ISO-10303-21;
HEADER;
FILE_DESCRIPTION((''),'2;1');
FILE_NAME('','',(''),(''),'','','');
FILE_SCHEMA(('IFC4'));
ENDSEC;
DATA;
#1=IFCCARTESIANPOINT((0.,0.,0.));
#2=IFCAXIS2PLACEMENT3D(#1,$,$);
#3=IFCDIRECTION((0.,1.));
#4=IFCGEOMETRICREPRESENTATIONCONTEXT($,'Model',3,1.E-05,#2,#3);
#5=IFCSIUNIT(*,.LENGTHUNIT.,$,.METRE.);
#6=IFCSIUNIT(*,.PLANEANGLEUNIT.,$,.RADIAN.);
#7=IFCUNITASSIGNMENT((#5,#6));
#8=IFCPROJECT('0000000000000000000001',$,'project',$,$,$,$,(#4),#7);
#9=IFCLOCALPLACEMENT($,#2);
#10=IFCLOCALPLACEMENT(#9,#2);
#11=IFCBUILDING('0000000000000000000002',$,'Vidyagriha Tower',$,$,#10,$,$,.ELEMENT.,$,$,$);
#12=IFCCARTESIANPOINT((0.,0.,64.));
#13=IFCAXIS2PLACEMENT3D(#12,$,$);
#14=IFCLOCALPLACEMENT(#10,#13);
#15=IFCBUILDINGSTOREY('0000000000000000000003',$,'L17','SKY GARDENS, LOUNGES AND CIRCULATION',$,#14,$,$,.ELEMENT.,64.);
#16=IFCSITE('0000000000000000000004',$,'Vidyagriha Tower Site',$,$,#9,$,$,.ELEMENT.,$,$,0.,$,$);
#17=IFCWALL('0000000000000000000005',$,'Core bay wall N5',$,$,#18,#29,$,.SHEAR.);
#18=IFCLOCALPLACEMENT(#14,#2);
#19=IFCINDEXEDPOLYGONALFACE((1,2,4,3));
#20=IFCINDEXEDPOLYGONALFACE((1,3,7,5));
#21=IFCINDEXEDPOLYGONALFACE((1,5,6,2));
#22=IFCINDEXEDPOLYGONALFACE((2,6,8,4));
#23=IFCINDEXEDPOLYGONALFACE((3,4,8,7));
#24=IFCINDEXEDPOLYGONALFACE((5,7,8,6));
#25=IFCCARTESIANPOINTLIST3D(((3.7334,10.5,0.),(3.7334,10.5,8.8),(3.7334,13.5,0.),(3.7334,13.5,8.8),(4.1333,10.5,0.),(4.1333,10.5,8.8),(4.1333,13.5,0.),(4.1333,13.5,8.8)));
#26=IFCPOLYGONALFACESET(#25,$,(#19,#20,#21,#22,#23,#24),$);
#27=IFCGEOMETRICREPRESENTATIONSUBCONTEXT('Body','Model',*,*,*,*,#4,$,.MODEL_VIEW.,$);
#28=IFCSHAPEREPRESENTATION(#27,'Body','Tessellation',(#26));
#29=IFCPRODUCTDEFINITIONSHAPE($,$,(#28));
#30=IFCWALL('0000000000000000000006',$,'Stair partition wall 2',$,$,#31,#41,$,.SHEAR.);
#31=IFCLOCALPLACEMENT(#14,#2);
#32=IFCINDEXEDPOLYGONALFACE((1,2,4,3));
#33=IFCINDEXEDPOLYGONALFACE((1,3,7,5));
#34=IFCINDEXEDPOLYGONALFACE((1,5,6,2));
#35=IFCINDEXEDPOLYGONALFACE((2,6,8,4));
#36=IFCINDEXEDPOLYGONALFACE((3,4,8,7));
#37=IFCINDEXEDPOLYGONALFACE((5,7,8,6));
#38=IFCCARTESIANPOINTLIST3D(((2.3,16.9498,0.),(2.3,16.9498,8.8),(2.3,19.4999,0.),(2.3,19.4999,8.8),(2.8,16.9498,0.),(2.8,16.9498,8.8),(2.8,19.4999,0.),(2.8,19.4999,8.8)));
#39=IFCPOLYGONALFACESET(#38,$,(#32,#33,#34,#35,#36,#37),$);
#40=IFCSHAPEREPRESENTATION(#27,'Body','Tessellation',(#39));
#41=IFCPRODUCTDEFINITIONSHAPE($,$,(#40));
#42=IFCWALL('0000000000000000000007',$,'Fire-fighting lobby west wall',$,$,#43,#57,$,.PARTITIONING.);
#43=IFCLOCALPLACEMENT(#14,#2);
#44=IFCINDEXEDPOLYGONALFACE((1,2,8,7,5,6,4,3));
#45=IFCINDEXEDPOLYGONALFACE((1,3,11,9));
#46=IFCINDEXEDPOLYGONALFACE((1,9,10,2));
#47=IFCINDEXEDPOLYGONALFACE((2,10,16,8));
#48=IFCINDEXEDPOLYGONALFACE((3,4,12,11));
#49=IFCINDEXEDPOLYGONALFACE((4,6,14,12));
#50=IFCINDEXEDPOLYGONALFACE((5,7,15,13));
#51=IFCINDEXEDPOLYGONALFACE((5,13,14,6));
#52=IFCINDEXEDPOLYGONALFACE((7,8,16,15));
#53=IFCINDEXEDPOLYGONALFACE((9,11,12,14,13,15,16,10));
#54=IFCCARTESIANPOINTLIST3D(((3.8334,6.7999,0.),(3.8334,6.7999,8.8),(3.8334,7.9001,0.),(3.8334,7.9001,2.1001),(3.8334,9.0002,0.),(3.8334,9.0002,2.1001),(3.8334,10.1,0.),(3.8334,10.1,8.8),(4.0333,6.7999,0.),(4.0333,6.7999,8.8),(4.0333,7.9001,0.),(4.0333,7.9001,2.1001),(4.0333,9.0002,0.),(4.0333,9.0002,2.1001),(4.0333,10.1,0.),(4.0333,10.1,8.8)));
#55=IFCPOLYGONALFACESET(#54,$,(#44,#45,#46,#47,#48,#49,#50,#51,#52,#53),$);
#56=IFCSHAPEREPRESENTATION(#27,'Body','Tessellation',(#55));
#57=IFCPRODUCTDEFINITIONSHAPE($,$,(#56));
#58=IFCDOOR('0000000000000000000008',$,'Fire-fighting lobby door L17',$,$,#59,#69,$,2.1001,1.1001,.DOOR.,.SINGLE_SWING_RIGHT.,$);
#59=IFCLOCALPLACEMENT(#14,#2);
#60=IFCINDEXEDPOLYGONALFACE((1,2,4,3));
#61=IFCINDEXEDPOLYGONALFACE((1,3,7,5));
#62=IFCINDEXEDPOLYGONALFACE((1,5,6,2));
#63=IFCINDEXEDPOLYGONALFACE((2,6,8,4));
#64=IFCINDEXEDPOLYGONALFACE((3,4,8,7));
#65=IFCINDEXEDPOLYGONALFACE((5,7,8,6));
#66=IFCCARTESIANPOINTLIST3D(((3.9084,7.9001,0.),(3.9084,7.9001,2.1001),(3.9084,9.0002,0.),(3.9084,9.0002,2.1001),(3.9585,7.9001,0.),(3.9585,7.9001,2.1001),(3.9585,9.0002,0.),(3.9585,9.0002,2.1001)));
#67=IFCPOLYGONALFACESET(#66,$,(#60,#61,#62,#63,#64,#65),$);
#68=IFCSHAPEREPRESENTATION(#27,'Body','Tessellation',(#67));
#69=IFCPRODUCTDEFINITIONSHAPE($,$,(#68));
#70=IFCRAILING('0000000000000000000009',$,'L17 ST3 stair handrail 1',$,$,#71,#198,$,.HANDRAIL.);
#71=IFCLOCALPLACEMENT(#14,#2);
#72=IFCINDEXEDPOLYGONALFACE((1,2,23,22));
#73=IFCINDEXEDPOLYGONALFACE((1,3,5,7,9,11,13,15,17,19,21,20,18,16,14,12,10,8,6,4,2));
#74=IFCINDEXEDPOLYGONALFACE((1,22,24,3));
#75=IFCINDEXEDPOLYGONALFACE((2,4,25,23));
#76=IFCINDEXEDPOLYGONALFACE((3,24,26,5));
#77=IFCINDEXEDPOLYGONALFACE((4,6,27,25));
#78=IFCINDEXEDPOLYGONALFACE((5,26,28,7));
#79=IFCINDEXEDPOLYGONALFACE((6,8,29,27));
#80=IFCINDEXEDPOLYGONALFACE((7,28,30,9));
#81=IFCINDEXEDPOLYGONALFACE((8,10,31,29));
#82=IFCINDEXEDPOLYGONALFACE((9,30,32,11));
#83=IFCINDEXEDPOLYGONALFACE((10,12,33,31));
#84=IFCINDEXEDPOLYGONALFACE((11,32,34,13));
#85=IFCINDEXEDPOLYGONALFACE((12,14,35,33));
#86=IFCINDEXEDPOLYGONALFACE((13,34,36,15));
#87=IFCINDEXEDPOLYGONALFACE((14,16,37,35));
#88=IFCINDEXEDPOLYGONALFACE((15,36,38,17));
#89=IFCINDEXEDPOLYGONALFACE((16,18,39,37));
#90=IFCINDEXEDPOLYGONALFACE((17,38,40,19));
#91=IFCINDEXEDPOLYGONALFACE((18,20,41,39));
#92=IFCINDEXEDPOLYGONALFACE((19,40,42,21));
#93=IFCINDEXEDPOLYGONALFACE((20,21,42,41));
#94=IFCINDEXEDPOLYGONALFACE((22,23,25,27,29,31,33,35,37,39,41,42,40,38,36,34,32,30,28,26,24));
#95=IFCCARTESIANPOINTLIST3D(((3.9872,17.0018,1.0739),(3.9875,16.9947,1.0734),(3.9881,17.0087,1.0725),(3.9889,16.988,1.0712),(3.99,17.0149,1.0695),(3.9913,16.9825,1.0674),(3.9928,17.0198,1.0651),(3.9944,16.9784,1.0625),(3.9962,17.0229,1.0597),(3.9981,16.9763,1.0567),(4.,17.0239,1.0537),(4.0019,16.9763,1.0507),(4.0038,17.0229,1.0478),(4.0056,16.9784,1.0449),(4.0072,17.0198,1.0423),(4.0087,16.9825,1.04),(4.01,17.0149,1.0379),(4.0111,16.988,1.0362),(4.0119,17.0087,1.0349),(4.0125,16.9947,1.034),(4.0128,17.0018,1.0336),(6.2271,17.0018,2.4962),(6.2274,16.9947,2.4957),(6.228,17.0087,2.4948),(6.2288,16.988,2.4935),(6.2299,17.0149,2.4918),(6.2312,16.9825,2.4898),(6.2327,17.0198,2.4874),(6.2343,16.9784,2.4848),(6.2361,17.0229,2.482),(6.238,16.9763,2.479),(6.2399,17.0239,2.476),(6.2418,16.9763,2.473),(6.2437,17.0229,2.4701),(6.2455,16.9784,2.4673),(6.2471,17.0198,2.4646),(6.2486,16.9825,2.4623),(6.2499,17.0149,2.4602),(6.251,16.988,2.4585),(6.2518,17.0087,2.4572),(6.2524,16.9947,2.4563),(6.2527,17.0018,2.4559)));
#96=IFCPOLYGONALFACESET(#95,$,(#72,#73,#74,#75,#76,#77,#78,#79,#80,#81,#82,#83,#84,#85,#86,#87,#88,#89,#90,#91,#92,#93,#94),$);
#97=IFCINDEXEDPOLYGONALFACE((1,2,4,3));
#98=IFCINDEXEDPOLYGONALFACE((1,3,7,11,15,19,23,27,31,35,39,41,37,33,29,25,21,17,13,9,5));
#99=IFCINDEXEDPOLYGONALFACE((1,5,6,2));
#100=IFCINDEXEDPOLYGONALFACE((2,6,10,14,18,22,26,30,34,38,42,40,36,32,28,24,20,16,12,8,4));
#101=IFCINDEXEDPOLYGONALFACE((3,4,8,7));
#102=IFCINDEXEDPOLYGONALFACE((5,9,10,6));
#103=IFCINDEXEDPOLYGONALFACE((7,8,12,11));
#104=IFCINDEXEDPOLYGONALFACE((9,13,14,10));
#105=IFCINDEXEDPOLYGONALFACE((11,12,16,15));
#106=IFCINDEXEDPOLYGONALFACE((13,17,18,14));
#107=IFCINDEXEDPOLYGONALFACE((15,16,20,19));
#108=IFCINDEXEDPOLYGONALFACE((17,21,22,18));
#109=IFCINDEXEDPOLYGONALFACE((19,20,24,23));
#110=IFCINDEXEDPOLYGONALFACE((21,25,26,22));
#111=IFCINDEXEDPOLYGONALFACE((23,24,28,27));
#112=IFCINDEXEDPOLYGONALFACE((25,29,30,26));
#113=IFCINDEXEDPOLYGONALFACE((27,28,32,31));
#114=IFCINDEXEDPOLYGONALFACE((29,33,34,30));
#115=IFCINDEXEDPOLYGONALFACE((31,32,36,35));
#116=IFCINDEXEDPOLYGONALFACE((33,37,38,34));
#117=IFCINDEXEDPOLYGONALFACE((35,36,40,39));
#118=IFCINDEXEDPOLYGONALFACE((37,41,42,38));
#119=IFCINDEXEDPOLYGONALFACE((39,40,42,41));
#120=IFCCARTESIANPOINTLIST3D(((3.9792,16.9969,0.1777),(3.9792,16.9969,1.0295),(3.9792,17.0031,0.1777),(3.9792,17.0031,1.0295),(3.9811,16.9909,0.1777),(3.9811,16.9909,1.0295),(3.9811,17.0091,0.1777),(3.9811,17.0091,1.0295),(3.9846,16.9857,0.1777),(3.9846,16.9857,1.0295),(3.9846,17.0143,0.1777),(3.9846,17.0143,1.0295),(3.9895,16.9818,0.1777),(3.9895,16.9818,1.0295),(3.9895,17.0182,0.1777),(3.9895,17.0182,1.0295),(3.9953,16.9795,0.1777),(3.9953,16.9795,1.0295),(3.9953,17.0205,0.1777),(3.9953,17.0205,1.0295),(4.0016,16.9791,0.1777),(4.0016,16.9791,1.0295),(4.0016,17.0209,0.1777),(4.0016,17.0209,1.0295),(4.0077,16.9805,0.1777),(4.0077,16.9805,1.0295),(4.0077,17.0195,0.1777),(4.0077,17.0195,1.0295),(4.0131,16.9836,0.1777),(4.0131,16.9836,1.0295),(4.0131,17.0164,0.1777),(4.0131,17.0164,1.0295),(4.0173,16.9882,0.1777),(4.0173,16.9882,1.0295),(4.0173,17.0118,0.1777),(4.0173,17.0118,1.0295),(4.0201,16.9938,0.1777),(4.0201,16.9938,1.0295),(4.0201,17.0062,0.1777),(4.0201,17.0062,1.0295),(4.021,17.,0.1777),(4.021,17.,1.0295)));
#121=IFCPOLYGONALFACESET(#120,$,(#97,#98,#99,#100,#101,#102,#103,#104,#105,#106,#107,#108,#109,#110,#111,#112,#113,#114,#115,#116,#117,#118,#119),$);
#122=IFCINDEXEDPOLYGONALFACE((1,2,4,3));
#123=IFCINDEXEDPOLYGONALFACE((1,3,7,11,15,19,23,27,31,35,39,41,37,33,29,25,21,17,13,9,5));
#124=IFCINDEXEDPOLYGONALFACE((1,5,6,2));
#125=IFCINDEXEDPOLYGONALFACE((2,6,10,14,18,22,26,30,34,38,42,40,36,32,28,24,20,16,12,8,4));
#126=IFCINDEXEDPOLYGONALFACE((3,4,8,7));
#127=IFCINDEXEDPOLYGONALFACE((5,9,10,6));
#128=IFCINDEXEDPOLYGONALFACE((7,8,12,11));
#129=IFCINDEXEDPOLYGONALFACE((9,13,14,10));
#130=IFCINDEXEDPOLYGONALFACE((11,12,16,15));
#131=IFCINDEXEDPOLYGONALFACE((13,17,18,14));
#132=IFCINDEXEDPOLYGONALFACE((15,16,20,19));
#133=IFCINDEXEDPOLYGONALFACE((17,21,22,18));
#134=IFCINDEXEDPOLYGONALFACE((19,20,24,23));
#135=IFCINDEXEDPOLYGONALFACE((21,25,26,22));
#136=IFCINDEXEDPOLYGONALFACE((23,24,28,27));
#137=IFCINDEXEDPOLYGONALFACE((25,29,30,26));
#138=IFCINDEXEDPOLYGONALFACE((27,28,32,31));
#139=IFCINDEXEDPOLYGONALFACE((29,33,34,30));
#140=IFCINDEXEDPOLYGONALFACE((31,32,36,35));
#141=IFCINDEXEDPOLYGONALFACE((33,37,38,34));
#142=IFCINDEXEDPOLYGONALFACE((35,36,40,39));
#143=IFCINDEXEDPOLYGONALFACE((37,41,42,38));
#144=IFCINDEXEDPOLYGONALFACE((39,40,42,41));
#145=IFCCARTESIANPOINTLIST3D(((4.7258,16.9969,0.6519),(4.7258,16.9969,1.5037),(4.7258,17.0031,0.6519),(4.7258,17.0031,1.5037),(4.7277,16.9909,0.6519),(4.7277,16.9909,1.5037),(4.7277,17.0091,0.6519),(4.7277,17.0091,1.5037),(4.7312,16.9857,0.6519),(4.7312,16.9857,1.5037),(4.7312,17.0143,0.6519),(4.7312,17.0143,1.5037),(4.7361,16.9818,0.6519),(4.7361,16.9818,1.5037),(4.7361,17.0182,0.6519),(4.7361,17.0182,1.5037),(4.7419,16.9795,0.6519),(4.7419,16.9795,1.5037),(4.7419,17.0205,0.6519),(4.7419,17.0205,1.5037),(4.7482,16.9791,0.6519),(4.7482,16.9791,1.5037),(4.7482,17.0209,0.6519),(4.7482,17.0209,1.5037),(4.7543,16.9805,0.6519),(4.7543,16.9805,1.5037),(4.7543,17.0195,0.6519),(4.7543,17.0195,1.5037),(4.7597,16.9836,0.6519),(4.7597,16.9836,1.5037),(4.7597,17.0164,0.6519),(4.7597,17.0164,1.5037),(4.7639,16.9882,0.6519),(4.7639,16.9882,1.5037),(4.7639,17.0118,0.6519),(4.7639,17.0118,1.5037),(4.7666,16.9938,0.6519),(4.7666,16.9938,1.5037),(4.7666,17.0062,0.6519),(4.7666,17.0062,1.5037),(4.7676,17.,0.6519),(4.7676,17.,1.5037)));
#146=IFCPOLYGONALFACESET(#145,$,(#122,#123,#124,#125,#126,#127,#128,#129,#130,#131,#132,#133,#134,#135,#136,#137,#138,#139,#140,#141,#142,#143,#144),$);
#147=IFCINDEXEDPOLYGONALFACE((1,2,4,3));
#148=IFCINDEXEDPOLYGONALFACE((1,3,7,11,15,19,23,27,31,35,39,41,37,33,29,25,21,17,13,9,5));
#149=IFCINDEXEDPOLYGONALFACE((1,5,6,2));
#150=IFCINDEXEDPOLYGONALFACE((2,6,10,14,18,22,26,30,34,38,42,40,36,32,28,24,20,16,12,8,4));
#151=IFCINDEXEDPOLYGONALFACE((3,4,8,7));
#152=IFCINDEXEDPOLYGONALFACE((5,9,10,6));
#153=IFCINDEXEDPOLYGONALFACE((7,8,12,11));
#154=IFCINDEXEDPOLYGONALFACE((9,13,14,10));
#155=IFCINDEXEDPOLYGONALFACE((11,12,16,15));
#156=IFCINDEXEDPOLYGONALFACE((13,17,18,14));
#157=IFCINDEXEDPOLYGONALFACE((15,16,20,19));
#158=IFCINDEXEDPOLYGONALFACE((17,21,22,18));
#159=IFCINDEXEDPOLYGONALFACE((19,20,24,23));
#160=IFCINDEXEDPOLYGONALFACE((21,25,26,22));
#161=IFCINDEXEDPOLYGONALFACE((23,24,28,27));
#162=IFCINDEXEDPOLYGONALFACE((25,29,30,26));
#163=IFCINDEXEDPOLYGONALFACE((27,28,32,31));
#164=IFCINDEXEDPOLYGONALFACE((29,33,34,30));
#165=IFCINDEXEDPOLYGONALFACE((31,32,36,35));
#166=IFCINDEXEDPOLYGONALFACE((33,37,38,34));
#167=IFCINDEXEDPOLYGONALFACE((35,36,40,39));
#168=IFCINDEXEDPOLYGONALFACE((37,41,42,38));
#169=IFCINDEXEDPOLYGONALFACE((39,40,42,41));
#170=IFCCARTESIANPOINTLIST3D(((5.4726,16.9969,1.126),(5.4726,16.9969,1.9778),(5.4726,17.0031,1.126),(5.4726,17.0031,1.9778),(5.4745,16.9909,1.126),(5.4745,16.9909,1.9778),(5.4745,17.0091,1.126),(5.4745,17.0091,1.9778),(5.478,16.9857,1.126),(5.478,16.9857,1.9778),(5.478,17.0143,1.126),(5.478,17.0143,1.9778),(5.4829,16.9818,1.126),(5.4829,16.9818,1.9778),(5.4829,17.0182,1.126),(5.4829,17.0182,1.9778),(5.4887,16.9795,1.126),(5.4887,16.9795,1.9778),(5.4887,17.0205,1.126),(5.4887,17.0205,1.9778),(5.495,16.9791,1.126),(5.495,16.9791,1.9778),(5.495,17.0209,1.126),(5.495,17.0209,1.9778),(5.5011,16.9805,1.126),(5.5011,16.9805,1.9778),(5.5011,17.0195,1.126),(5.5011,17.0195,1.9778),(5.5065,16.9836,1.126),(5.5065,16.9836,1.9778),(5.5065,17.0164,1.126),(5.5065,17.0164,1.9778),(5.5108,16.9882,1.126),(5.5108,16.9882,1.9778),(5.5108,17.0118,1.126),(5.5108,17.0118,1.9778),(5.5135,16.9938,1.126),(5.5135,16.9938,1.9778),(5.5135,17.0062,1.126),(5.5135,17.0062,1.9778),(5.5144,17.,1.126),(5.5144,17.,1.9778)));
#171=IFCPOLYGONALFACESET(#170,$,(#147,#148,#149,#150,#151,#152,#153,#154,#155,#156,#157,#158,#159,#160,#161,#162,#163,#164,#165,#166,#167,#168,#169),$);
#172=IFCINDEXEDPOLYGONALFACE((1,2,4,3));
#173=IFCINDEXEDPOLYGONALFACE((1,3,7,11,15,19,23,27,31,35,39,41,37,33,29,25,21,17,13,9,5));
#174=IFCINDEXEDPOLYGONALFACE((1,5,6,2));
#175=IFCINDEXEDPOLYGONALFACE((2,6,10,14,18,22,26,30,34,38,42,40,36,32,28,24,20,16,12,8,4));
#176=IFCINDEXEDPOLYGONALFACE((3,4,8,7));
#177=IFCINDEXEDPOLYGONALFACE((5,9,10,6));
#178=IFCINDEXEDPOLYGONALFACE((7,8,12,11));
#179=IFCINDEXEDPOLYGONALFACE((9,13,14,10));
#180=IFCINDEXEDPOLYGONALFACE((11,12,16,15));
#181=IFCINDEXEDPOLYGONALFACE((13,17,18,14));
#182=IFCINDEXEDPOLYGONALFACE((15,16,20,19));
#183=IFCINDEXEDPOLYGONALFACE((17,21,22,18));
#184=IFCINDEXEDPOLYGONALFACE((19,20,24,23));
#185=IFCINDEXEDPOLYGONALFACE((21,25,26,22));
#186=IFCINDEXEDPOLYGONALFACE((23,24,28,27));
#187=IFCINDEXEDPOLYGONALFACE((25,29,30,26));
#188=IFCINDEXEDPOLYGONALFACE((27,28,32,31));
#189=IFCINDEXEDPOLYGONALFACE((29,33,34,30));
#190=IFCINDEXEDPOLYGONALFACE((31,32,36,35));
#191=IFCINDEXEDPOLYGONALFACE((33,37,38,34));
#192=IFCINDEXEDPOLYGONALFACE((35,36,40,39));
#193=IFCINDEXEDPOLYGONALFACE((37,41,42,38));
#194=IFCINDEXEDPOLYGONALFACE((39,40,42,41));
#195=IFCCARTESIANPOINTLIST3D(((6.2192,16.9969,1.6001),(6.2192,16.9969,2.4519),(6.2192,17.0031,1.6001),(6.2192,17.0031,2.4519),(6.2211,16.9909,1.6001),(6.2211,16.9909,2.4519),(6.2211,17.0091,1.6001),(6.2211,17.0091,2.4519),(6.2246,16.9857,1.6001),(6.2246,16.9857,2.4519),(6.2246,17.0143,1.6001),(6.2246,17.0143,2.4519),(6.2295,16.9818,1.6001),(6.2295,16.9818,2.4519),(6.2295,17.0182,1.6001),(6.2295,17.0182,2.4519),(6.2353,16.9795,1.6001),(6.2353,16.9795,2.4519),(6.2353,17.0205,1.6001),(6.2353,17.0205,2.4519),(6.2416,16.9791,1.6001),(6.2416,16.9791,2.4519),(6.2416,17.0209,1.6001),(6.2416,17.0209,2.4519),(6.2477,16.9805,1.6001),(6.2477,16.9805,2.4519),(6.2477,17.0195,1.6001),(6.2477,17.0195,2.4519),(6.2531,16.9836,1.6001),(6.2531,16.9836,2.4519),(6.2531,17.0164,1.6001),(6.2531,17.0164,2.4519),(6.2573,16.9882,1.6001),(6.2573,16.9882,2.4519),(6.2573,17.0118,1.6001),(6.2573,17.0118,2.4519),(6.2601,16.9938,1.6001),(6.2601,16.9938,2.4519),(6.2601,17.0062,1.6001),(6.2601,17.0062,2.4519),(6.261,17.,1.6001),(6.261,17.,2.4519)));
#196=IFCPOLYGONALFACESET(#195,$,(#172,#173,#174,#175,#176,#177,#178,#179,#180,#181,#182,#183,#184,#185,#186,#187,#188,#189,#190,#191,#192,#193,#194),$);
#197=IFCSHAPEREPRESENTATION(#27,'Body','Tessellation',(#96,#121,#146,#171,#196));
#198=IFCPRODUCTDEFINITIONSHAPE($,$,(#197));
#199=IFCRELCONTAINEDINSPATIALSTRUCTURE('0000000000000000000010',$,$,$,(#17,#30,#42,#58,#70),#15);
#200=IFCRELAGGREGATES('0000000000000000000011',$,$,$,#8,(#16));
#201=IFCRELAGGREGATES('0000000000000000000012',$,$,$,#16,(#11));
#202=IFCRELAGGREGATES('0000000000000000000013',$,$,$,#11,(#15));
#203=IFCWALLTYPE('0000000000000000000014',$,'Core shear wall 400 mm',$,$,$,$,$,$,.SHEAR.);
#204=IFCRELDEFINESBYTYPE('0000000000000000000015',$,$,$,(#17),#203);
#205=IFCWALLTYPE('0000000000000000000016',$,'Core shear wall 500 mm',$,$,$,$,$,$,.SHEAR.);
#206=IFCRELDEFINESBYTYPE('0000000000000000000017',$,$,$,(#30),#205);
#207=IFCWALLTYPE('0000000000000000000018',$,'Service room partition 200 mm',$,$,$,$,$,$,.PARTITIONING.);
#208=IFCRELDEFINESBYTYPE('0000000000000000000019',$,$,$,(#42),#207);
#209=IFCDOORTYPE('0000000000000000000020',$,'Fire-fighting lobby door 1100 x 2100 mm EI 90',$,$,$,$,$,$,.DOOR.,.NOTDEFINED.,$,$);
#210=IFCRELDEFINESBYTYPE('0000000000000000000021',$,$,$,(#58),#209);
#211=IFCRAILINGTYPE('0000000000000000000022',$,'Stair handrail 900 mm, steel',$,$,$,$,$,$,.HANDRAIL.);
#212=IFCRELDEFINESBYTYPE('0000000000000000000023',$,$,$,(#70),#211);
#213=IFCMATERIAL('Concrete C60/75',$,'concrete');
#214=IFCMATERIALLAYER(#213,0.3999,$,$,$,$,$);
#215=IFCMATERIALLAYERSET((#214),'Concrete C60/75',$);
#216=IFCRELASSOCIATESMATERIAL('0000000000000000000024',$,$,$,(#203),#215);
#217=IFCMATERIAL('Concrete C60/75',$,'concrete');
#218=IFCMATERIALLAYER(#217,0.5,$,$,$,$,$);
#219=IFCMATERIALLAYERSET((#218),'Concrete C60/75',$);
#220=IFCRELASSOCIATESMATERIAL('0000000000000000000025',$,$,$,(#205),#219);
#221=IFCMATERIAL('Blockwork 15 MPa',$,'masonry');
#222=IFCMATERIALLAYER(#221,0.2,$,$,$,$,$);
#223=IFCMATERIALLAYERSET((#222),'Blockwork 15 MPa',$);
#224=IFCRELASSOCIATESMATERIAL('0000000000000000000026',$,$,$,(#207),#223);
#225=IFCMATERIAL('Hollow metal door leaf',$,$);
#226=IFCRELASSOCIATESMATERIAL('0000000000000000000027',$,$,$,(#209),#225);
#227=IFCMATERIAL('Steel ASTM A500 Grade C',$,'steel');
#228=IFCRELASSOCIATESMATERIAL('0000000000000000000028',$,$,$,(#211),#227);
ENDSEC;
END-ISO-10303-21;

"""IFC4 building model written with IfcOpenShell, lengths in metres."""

from ifc_helpers import new_model, si_unit, direction, frame, frame_2d, origin, origin_2d, place, context, subcontext, project, spatial, rectangle, circle, extrude, material, layer, layer_set, type_object, element, fill, save


model = new_model("IFC4")

# Units and contexts
model_context = context("Model", 3, precision=1e-05, world=origin(), true_north=direction((0.0, 1.0)))
body_context = subcontext(model_context, "Body", "Model", "MODEL_VIEW")
ifc_project = project(units=[si_unit("LENGTHUNIT", "METRE"), si_unit("PLANEANGLEUNIT", "RADIAN")], contexts=[model_context])

# Site, building, storey
site_placement = place(None, origin())
site = spatial("IfcSite", under=ifc_project, at=site_placement, Name="Vidyagriha Tower Site", CompositionType="ELEMENT", RefElevation=0.0)
building_placement = place(site_placement, origin())
building = spatial("IfcBuilding", under=site, at=building_placement, Name="Vidyagriha Tower", CompositionType="ELEMENT")
storey_placement = place(building_placement, frame((0.0, 0.0, 64.0)))
storey = spatial("IfcBuildingStorey", under=building, at=storey_placement, Name="L17", Description="SKY GARDENS, LOUNGES AND CIRCULATION", CompositionType="ELEMENT", Elevation=64.0)

# Shared definitions
ifc_material_1 = material(Name="Concrete C60/75", Category="concrete")
ifc_layer_1 = layer(ifc_material_1, 0.3999)
ifc_layer_set_1 = layer_set([ifc_layer_1], Name="Concrete C60/75")
wall_type_1 = type_object("IfcWallType", Name="Core shear wall 400 mm", PredefinedType="SHEAR", material=ifc_layer_set_1)

# Walls
for number, where, z_axis, x_axis, name in (
    (1, (3.9333, 10.5, 0.0), (0.0, 0.0, 1.0), (0.0, 1.0, 0.0), "Core bay wall N5"),
):
    element("IfcWall", number, at=place(storey_placement, frame(where, z_axis=z_axis, x_axis=x_axis)), inside=storey, type_object=wall_type_1, Name=name, PredefinedType="SHEAR", context=body_context, shape_type="SweptSolid", body=[
        extrude(rectangle(XDim=3.0, YDim=0.3999, at=frame_2d((1.5, 0.0))), origin(), (0.0, 0.0, 1.0), 8.8),
    ])
ifc_material_2 = material(Name="Concrete C60/75", Category="concrete")
ifc_layer_2 = layer(ifc_material_2, 0.5)
ifc_layer_set_2 = layer_set([ifc_layer_2], Name="Concrete C60/75")
wall_type_2 = type_object("IfcWallType", Name="Core shear wall 500 mm", PredefinedType="SHEAR", material=ifc_layer_set_2)
wall_1_placement = place(storey_placement, frame((2.55, 16.95, 0.0), z_axis=(0.0, 0.0, 1.0), x_axis=(0.0, 1.0, 0.0)))
element("IfcWall", 2, at=wall_1_placement, inside=storey, type_object=wall_type_2, Name="Stair partition wall 2", PredefinedType="SHEAR", context=body_context, shape_type="SweptSolid", body=[
    extrude(rectangle(XDim=2.55, YDim=0.5, at=frame_2d((1.2749, 0.0))), origin(), (0.0, 0.0, 1.0), 8.8),
])

# Wall, opening, door
ifc_material_3 = material(Name="Blockwork 15 MPa", Category="masonry")
ifc_layer_3 = layer(ifc_material_3, 0.2)
ifc_layer_set_3 = layer_set([ifc_layer_3], Name="Blockwork 15 MPa")
wall_type_3 = type_object("IfcWallType", Name="Service room partition 200 mm", PredefinedType="PARTITIONING", material=ifc_layer_set_3)
wall_2_placement = place(storey_placement, frame((3.9333, 6.8, 0.0), z_axis=(0.0, 0.0, 1.0), x_axis=(0.0, 1.0, 0.0)))
wall_2 = element("IfcWall", 3, at=wall_2_placement, inside=storey, type_object=wall_type_3, Name="Fire-fighting lobby west wall", PredefinedType="PARTITIONING", context=body_context, shape_type="SweptSolid", body=[
    extrude(rectangle(XDim=3.3, YDim=0.2, at=frame_2d((1.6499, 0.0))), origin(), (0.0, 0.0, 1.0), 8.8),
])
opening_1_placement = place(wall_2_placement, frame((1.1001, 0.0, 0.0)))
opening_1 = element("IfcOpeningElement", 4, at=opening_1_placement, cuts=wall_2, PredefinedType="OPENING", context=body_context, shape_type="SweptSolid", body=[
    extrude(rectangle(XDim=1.1001, YDim=2.1001, at=frame_2d((0.55, 1.05))), frame((0.0, 0.1099, 0.0), z_axis=(0.0, -1.0, 0.0), x_axis=(1.0, 0.0, 0.0)), (0.0, 0.0, 1.0), 0.22),
])
ifc_material_4 = material(Name="Hollow metal door leaf")
door_type_1 = type_object("IfcDoorType", Name="Fire-fighting lobby door 1100 x 2100 mm EI 90", OperationType="NOTDEFINED", PredefinedType="DOOR", material=ifc_material_4)
door_1_placement = place(opening_1_placement, origin())
door_1 = element("IfcDoor", 5, at=door_1_placement, inside=storey, type_object=door_type_1, Name="Fire-fighting lobby door L17", OperationType="SINGLE_SWING_RIGHT", OverallHeight=2.1001, OverallWidth=1.1001, PredefinedType="DOOR", context=body_context, shape_type="SweptSolid", body=[
    extrude(rectangle(XDim=1.1001, YDim=2.1001, at=frame_2d((0.55, 1.05))), frame((0.0, 0.0249, 0.0), z_axis=(0.0, -1.0, 0.0), x_axis=(1.0, 0.0, 0.0)), (0.0, 0.0, 1.0), 0.05),
])
fill(opening_1, door_1)

# Railing
ifc_material_5 = material(Name="Steel ASTM A500 Grade C", Category="steel")
railing_type = type_object("IfcRailingType", Name="Stair handrail 900 mm, steel", PredefinedType="HANDRAIL", material=ifc_material_5)
for number, where, name in (
    (6, (4.0, 17.0, 0.1777), "L17 ST3 stair handrail 1"),
):
    element("IfcRailing", number, at=place(storey_placement, frame(where)), inside=storey, type_object=railing_type, Name=name, PredefinedType="HANDRAIL", context=body_context, shape_type="SweptSolid", body=[
        extrude(circle(Radius=0.0239, at=origin_2d()), frame((0.0, 0.0, 0.876), z_axis=(0.844188, 0.0, 0.536048), x_axis=(0.0, 1.0, 0.0)), (0.0, 0.0, 1.0), 2.6533),
        extrude(circle(Radius=0.021, at=origin_2d()), origin(), (0.0, 0.0, 1.0), 0.8518),
        extrude(circle(Radius=0.021, at=origin_2d()), frame((0.7466, 0.0, 0.4741)), (0.0, 0.0, 1.0), 0.8518),
        extrude(circle(Radius=0.021, at=origin_2d()), frame((1.4934, 0.0, 0.9482)), (0.0, 0.0, 1.0), 0.8518),
        extrude(circle(Radius=0.021, at=origin_2d()), frame((2.24, 0.0, 1.4224)), (0.0, 0.0, 1.0), 0.8518),
    ])

save(model, "model.ifc")
